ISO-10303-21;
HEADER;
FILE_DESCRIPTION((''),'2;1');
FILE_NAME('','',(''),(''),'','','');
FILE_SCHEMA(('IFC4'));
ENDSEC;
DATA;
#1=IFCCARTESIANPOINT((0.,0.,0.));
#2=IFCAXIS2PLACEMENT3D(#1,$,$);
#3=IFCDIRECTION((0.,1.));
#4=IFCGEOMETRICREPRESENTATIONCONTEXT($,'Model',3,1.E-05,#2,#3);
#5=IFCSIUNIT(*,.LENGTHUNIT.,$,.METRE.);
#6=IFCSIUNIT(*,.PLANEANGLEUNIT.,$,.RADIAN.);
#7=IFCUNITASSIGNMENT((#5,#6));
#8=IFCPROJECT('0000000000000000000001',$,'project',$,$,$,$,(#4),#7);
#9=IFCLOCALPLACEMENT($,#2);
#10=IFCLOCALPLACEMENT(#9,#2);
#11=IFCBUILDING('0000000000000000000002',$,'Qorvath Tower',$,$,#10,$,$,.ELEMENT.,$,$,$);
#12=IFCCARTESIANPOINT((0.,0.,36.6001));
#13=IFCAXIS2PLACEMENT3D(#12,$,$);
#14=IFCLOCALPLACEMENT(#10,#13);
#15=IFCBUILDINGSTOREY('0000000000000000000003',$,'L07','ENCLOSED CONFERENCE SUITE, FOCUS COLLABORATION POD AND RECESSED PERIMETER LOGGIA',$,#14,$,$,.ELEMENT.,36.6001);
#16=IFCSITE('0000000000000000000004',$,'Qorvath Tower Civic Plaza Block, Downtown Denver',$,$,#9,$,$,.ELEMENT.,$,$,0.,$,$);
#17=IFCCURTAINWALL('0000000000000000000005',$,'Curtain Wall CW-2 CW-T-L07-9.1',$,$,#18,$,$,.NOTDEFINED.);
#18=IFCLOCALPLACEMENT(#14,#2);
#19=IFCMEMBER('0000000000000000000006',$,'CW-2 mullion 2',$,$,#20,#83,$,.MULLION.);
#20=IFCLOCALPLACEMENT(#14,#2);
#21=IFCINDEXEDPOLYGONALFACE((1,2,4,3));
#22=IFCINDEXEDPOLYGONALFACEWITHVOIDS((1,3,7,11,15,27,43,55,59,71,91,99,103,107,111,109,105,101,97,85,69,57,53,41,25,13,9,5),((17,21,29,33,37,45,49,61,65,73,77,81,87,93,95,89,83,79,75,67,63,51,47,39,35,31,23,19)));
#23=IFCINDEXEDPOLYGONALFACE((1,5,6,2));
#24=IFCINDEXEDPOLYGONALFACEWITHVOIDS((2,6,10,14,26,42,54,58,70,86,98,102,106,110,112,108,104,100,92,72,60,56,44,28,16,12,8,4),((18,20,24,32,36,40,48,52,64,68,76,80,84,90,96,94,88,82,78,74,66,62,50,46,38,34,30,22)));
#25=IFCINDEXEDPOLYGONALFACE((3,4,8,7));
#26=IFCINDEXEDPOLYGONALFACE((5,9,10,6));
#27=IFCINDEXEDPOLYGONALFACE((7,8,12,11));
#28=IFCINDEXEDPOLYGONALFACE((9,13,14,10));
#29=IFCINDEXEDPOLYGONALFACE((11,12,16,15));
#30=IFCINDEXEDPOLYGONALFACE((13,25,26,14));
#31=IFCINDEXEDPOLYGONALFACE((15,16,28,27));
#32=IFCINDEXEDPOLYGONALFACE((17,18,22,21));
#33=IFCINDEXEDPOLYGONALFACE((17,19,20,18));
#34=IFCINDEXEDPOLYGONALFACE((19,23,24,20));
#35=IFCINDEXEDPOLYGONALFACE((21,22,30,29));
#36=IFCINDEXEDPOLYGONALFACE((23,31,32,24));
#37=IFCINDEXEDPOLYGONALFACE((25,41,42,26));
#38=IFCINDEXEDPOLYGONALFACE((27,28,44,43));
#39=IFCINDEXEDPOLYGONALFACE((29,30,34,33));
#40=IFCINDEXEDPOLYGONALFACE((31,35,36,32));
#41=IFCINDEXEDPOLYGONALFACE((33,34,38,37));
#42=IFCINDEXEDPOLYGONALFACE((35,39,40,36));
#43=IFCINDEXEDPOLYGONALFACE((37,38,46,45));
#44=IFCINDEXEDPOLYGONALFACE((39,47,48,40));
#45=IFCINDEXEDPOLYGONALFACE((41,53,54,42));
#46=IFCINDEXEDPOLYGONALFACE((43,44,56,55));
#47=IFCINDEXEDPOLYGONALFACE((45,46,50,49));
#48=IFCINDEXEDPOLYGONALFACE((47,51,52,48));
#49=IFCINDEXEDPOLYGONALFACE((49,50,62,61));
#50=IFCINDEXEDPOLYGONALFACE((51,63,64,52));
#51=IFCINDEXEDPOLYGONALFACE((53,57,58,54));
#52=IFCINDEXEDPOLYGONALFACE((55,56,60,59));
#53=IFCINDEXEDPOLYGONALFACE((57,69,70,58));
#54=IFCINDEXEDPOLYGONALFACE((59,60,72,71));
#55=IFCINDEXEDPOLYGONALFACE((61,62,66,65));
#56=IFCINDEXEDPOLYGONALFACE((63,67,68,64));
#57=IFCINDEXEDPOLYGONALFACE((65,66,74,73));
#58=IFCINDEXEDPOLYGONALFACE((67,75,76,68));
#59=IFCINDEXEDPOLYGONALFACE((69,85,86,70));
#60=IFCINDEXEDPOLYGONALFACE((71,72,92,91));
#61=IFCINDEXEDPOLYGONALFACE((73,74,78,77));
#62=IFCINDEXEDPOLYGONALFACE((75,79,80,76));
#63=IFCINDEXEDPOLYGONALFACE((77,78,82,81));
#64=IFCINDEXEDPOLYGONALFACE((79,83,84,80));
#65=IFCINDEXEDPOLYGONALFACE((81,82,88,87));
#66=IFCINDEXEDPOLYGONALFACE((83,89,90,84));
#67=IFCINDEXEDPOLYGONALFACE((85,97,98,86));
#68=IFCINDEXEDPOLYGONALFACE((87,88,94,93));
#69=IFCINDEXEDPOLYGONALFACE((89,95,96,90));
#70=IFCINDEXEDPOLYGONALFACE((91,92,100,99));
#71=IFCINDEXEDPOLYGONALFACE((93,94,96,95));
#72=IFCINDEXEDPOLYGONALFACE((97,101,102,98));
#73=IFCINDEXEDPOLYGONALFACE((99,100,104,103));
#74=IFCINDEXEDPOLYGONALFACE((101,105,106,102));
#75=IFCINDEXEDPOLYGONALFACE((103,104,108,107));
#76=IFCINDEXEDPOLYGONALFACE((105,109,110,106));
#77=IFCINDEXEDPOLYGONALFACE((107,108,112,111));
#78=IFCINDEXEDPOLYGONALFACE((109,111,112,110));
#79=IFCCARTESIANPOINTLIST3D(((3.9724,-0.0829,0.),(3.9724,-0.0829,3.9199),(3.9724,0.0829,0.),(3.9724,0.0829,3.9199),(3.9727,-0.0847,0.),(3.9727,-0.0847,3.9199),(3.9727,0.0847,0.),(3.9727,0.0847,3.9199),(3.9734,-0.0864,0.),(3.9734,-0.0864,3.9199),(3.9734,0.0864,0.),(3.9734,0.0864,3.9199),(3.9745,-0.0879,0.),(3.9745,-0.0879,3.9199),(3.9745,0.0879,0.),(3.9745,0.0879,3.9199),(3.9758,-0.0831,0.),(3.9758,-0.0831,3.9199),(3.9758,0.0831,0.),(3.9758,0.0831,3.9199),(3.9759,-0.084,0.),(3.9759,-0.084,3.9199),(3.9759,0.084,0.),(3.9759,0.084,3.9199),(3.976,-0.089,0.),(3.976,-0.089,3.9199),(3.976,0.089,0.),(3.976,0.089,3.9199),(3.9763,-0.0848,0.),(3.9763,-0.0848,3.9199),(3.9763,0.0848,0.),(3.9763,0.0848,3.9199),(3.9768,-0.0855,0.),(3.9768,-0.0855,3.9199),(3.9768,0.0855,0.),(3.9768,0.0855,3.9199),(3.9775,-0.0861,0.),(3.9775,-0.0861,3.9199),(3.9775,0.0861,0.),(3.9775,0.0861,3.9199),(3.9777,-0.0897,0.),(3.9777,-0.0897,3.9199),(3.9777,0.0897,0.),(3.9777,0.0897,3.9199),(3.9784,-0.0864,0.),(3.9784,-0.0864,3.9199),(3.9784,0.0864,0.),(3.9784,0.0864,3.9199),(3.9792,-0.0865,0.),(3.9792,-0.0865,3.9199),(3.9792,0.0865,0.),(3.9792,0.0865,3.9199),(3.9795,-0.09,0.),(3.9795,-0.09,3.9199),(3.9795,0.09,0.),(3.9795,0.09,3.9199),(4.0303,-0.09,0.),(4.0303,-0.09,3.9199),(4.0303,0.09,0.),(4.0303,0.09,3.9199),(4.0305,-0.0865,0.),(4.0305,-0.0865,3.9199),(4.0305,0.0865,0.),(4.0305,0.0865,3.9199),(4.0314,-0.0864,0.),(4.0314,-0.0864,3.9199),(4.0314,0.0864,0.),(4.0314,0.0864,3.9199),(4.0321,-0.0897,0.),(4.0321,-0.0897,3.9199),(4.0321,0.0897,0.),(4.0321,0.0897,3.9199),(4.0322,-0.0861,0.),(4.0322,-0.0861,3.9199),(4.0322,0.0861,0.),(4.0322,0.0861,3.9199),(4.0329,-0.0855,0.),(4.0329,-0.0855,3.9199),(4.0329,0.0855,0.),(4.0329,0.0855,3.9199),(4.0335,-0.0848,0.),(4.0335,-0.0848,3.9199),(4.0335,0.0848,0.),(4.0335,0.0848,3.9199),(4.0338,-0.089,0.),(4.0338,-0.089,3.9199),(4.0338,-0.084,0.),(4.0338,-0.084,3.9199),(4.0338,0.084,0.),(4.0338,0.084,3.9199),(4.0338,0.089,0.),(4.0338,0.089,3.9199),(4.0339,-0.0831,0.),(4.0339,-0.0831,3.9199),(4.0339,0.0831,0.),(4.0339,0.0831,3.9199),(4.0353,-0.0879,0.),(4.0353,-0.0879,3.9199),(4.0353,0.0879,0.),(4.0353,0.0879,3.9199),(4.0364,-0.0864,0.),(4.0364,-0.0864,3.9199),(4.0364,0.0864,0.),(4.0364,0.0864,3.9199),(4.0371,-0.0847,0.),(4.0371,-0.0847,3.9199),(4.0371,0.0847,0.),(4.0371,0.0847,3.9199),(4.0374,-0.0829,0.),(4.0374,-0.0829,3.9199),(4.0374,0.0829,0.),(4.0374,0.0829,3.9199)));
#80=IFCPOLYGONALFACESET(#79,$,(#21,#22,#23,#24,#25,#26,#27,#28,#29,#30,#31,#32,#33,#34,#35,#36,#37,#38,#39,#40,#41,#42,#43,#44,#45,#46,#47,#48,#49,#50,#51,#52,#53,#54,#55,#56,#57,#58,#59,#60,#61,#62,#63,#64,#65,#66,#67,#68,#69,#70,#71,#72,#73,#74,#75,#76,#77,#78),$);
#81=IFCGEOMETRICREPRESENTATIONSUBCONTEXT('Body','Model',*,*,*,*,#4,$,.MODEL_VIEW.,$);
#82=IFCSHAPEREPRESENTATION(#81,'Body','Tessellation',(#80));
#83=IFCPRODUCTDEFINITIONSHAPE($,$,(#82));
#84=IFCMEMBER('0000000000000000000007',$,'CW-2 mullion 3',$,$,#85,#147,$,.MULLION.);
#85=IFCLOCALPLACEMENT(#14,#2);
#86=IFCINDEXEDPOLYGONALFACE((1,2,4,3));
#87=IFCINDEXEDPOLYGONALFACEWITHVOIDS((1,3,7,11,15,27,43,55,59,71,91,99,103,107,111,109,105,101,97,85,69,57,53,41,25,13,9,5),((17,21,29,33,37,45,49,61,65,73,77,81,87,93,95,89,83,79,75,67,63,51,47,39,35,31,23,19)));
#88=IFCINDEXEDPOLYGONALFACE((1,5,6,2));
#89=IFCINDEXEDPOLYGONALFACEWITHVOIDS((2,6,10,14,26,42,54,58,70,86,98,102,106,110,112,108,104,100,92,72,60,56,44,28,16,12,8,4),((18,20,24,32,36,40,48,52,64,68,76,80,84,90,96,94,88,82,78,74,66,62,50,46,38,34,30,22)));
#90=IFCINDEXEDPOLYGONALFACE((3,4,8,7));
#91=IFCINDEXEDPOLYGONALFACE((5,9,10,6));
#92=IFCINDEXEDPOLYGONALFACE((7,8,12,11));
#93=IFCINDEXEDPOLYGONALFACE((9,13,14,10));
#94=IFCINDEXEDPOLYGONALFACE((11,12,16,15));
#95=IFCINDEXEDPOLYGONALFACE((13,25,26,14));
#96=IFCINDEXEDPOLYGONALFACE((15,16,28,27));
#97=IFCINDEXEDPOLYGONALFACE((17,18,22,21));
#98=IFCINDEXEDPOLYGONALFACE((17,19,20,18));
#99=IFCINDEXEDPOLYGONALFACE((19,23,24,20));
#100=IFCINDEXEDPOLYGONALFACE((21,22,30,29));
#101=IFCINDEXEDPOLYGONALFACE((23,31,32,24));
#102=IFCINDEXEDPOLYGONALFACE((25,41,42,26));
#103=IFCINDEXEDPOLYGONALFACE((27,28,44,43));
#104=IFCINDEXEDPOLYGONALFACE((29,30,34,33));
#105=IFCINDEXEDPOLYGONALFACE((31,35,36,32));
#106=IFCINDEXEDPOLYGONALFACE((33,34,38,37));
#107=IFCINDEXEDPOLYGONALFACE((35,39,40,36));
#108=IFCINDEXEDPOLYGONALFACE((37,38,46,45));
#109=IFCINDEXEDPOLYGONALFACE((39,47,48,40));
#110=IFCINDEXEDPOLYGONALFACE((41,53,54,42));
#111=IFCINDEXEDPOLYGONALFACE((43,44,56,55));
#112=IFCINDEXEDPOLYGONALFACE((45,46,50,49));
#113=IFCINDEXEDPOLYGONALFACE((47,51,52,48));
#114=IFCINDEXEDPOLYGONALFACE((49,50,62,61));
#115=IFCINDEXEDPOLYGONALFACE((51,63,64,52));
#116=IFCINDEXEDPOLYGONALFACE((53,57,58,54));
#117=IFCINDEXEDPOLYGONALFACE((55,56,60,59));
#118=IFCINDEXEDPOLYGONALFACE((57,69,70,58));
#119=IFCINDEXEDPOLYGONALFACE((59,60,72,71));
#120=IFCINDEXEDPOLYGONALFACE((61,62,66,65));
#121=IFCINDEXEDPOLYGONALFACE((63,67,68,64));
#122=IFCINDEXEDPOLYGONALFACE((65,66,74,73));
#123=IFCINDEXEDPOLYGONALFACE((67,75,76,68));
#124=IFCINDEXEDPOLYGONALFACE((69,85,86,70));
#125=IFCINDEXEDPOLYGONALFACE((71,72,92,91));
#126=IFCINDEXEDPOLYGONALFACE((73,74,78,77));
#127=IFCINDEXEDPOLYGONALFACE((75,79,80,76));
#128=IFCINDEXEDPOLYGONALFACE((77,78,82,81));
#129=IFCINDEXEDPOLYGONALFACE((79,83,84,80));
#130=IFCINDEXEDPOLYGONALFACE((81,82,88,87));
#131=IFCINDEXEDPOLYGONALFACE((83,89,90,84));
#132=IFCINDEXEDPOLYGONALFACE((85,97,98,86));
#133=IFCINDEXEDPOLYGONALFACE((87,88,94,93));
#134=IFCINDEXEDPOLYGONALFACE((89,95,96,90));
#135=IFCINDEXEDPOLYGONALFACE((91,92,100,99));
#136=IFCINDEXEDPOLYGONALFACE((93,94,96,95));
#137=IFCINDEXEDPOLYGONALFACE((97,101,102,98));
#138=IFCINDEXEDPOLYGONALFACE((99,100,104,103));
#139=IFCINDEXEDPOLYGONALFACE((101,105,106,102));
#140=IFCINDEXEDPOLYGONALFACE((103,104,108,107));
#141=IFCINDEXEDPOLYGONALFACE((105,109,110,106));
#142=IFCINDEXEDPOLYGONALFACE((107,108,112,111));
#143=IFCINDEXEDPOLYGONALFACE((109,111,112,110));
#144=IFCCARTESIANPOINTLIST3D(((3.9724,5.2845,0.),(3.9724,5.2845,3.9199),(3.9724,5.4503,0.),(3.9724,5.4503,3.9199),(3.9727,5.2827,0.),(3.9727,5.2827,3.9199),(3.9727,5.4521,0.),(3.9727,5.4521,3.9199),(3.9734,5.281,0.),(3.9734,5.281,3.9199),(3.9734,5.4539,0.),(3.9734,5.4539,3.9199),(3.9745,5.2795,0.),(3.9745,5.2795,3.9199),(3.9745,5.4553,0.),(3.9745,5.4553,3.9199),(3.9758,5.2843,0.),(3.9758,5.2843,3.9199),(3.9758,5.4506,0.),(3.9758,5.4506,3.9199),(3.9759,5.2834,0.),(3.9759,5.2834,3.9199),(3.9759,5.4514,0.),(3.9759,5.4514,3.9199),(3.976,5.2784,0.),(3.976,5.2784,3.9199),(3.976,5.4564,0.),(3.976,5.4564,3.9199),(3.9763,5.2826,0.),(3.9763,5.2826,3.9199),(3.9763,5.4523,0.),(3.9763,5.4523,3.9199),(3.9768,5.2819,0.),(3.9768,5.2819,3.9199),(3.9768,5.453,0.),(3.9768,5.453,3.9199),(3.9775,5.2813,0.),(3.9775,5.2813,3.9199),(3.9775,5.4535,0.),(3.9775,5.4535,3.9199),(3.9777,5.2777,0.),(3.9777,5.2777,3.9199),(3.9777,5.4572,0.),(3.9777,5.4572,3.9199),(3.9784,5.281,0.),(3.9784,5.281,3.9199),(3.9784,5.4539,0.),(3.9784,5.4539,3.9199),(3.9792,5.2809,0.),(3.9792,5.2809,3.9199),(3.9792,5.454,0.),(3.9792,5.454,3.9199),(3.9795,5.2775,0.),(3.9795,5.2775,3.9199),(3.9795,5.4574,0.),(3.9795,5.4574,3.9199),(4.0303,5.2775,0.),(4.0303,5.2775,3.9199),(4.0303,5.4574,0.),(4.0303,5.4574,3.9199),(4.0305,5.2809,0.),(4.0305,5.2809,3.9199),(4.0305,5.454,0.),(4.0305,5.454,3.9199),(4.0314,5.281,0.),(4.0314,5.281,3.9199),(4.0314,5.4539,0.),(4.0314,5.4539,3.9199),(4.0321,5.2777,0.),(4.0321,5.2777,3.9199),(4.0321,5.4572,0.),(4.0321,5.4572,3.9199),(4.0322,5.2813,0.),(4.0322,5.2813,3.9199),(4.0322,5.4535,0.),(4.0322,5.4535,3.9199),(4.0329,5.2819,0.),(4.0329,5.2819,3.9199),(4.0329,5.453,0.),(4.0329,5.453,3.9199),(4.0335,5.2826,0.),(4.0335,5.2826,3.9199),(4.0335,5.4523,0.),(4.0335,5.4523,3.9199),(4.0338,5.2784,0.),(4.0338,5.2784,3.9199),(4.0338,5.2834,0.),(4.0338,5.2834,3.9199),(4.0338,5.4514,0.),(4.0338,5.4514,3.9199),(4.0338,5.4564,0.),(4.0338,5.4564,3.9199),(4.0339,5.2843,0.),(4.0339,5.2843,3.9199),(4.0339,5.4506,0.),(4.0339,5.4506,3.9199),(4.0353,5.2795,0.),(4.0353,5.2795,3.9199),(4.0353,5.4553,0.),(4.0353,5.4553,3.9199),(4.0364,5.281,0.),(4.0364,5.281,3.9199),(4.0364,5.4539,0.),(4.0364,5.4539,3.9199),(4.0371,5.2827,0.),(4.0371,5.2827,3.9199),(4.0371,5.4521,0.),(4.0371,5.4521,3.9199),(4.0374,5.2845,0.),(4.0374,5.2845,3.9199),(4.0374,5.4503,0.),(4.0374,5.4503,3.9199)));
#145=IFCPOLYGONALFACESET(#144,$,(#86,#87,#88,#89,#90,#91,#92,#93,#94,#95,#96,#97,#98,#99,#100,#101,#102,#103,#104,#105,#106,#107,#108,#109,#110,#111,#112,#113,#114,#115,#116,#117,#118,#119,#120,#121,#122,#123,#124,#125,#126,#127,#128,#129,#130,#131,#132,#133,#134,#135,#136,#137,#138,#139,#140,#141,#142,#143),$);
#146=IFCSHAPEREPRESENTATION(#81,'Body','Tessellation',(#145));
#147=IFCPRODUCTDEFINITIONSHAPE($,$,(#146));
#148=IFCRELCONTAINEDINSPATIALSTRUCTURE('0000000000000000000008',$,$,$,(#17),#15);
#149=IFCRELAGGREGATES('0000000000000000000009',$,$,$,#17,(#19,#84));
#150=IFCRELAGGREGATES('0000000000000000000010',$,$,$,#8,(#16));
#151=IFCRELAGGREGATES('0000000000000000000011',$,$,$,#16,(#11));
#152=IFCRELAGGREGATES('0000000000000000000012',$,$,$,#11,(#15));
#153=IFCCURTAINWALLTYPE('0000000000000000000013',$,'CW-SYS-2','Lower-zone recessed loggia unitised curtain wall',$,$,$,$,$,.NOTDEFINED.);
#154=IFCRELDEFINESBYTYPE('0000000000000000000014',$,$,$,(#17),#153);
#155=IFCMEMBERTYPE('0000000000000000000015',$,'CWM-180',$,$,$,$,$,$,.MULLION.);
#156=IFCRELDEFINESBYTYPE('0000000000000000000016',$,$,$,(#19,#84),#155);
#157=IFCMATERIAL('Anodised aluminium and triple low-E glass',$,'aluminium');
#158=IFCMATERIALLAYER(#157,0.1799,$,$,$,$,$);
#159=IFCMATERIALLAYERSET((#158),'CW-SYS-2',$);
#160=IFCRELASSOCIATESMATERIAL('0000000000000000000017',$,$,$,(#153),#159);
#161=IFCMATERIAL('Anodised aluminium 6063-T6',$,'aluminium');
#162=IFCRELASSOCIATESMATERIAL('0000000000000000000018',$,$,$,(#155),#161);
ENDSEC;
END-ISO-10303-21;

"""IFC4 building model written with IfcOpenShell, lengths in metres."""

from ifc_helpers import new_model, si_unit, direction, frame, origin, origin_2d, place, context, subcontext, project, spatial, hollow_rectangle, extrude, material, layer, layer_set, material_profile, profile_set, type_object, element, aggregate, save


model = new_model("IFC4")

# Units and contexts
model_context = context("Model", 3, precision=1e-05, world=origin(), true_north=direction((0.0, 1.0)))
body_context = subcontext(model_context, "Body", "Model", "MODEL_VIEW")
ifc_project = project(units=[si_unit("LENGTHUNIT", "METRE"), si_unit("PLANEANGLEUNIT", "RADIAN")], contexts=[model_context])

# Site, building, storey
site_placement = place(None, origin())
site = spatial("IfcSite", under=ifc_project, at=site_placement, Name="Qorvath Tower Civic Plaza Block, Downtown Denver", CompositionType="ELEMENT", RefElevation=0.0)
building_placement = place(site_placement, origin())
building = spatial("IfcBuilding", under=site, at=building_placement, Name="Qorvath Tower", CompositionType="ELEMENT")
storey_placement = place(building_placement, frame((0.0, 0.0, 36.6001)))
storey = spatial("IfcBuildingStorey", under=building, at=storey_placement, Name="L07", Description="ENCLOSED CONFERENCE SUITE, FOCUS COLLABORATION POD AND RECESSED PERIMETER LOGGIA", CompositionType="ELEMENT", Elevation=36.6001)

# Curtain wall, members
ifc_material_1 = material(Name="Anodised aluminium and triple low-E glass", Category="aluminium")
ifc_layer_1 = layer(ifc_material_1, 0.1799)
ifc_layer_set_1 = layer_set([ifc_layer_1], Name="CW-SYS-2")
curtain_wall_type = type_object("IfcCurtainWallType", Name="CW-SYS-2", Description="Lower-zone recessed loggia unitised curtain wall", PredefinedType="NOTDEFINED", material=ifc_layer_set_1)
curtain_wall_1_placement = place(storey_placement, origin())
curtain_wall_1 = element("IfcCurtainWall", 1, at=curtain_wall_1_placement, inside=storey, type_object=curtain_wall_type, Name="Curtain Wall CW-2 CW-T-L07-9.1", PredefinedType="NOTDEFINED")
ifc_material_2 = material(Name="Anodised aluminium 6063-T6", Category="aluminium")
ifc_material_profile_1 = material_profile(ifc_material_2, hollow_rectangle(XDim=0.0649, YDim=0.1799, WallThickness=0.0034, InnerFilletRadius=0.0034, OuterFilletRadius=0.0071, at=origin_2d()), Name="CWM 180x65")
ifc_profile_set_1 = profile_set([ifc_material_profile_1], Name="Anodised aluminium 6063-T6")
member_type_1 = type_object("IfcMemberType", Name="CWM-180", PredefinedType="MULLION", material=ifc_profile_set_1)
member_1_placement = place(storey_placement, frame((4.0049, 0.0, 0.0), z_axis=(0.0, 0.0, 1.0), x_axis=(-1.0, 0.0, 0.0)))
member_1 = element("IfcMember", 2, at=member_1_placement, type_object=member_type_1, Name="CW-2 mullion 2", PredefinedType="MULLION", context=body_context, shape_type="SweptSolid", body=[
    extrude(hollow_rectangle(XDim=0.0649, YDim=0.1799, WallThickness=0.0034, InnerFilletRadius=0.0034, OuterFilletRadius=0.0071, at=origin_2d()), origin(), (0.0, 0.0, 1.0), 3.9199),
])
member_2_placement = place(storey_placement, frame((4.0049, 5.3674, 0.0), z_axis=(0.0, 0.0, 1.0), x_axis=(-1.0, 0.0, 0.0)))
member_2 = element("IfcMember", 3, at=member_2_placement, type_object=member_type_1, Name="CW-2 mullion 3", PredefinedType="MULLION", context=body_context, shape_type="SweptSolid", body=[
    extrude(hollow_rectangle(XDim=0.0649, YDim=0.1799, WallThickness=0.0034, InnerFilletRadius=0.0034, OuterFilletRadius=0.0071, at=origin_2d()), origin(), (0.0, 0.0, 1.0), 3.9199),
])

aggregate(curtain_wall_1, [member_1, member_2])

save(model, "model.ifc")
